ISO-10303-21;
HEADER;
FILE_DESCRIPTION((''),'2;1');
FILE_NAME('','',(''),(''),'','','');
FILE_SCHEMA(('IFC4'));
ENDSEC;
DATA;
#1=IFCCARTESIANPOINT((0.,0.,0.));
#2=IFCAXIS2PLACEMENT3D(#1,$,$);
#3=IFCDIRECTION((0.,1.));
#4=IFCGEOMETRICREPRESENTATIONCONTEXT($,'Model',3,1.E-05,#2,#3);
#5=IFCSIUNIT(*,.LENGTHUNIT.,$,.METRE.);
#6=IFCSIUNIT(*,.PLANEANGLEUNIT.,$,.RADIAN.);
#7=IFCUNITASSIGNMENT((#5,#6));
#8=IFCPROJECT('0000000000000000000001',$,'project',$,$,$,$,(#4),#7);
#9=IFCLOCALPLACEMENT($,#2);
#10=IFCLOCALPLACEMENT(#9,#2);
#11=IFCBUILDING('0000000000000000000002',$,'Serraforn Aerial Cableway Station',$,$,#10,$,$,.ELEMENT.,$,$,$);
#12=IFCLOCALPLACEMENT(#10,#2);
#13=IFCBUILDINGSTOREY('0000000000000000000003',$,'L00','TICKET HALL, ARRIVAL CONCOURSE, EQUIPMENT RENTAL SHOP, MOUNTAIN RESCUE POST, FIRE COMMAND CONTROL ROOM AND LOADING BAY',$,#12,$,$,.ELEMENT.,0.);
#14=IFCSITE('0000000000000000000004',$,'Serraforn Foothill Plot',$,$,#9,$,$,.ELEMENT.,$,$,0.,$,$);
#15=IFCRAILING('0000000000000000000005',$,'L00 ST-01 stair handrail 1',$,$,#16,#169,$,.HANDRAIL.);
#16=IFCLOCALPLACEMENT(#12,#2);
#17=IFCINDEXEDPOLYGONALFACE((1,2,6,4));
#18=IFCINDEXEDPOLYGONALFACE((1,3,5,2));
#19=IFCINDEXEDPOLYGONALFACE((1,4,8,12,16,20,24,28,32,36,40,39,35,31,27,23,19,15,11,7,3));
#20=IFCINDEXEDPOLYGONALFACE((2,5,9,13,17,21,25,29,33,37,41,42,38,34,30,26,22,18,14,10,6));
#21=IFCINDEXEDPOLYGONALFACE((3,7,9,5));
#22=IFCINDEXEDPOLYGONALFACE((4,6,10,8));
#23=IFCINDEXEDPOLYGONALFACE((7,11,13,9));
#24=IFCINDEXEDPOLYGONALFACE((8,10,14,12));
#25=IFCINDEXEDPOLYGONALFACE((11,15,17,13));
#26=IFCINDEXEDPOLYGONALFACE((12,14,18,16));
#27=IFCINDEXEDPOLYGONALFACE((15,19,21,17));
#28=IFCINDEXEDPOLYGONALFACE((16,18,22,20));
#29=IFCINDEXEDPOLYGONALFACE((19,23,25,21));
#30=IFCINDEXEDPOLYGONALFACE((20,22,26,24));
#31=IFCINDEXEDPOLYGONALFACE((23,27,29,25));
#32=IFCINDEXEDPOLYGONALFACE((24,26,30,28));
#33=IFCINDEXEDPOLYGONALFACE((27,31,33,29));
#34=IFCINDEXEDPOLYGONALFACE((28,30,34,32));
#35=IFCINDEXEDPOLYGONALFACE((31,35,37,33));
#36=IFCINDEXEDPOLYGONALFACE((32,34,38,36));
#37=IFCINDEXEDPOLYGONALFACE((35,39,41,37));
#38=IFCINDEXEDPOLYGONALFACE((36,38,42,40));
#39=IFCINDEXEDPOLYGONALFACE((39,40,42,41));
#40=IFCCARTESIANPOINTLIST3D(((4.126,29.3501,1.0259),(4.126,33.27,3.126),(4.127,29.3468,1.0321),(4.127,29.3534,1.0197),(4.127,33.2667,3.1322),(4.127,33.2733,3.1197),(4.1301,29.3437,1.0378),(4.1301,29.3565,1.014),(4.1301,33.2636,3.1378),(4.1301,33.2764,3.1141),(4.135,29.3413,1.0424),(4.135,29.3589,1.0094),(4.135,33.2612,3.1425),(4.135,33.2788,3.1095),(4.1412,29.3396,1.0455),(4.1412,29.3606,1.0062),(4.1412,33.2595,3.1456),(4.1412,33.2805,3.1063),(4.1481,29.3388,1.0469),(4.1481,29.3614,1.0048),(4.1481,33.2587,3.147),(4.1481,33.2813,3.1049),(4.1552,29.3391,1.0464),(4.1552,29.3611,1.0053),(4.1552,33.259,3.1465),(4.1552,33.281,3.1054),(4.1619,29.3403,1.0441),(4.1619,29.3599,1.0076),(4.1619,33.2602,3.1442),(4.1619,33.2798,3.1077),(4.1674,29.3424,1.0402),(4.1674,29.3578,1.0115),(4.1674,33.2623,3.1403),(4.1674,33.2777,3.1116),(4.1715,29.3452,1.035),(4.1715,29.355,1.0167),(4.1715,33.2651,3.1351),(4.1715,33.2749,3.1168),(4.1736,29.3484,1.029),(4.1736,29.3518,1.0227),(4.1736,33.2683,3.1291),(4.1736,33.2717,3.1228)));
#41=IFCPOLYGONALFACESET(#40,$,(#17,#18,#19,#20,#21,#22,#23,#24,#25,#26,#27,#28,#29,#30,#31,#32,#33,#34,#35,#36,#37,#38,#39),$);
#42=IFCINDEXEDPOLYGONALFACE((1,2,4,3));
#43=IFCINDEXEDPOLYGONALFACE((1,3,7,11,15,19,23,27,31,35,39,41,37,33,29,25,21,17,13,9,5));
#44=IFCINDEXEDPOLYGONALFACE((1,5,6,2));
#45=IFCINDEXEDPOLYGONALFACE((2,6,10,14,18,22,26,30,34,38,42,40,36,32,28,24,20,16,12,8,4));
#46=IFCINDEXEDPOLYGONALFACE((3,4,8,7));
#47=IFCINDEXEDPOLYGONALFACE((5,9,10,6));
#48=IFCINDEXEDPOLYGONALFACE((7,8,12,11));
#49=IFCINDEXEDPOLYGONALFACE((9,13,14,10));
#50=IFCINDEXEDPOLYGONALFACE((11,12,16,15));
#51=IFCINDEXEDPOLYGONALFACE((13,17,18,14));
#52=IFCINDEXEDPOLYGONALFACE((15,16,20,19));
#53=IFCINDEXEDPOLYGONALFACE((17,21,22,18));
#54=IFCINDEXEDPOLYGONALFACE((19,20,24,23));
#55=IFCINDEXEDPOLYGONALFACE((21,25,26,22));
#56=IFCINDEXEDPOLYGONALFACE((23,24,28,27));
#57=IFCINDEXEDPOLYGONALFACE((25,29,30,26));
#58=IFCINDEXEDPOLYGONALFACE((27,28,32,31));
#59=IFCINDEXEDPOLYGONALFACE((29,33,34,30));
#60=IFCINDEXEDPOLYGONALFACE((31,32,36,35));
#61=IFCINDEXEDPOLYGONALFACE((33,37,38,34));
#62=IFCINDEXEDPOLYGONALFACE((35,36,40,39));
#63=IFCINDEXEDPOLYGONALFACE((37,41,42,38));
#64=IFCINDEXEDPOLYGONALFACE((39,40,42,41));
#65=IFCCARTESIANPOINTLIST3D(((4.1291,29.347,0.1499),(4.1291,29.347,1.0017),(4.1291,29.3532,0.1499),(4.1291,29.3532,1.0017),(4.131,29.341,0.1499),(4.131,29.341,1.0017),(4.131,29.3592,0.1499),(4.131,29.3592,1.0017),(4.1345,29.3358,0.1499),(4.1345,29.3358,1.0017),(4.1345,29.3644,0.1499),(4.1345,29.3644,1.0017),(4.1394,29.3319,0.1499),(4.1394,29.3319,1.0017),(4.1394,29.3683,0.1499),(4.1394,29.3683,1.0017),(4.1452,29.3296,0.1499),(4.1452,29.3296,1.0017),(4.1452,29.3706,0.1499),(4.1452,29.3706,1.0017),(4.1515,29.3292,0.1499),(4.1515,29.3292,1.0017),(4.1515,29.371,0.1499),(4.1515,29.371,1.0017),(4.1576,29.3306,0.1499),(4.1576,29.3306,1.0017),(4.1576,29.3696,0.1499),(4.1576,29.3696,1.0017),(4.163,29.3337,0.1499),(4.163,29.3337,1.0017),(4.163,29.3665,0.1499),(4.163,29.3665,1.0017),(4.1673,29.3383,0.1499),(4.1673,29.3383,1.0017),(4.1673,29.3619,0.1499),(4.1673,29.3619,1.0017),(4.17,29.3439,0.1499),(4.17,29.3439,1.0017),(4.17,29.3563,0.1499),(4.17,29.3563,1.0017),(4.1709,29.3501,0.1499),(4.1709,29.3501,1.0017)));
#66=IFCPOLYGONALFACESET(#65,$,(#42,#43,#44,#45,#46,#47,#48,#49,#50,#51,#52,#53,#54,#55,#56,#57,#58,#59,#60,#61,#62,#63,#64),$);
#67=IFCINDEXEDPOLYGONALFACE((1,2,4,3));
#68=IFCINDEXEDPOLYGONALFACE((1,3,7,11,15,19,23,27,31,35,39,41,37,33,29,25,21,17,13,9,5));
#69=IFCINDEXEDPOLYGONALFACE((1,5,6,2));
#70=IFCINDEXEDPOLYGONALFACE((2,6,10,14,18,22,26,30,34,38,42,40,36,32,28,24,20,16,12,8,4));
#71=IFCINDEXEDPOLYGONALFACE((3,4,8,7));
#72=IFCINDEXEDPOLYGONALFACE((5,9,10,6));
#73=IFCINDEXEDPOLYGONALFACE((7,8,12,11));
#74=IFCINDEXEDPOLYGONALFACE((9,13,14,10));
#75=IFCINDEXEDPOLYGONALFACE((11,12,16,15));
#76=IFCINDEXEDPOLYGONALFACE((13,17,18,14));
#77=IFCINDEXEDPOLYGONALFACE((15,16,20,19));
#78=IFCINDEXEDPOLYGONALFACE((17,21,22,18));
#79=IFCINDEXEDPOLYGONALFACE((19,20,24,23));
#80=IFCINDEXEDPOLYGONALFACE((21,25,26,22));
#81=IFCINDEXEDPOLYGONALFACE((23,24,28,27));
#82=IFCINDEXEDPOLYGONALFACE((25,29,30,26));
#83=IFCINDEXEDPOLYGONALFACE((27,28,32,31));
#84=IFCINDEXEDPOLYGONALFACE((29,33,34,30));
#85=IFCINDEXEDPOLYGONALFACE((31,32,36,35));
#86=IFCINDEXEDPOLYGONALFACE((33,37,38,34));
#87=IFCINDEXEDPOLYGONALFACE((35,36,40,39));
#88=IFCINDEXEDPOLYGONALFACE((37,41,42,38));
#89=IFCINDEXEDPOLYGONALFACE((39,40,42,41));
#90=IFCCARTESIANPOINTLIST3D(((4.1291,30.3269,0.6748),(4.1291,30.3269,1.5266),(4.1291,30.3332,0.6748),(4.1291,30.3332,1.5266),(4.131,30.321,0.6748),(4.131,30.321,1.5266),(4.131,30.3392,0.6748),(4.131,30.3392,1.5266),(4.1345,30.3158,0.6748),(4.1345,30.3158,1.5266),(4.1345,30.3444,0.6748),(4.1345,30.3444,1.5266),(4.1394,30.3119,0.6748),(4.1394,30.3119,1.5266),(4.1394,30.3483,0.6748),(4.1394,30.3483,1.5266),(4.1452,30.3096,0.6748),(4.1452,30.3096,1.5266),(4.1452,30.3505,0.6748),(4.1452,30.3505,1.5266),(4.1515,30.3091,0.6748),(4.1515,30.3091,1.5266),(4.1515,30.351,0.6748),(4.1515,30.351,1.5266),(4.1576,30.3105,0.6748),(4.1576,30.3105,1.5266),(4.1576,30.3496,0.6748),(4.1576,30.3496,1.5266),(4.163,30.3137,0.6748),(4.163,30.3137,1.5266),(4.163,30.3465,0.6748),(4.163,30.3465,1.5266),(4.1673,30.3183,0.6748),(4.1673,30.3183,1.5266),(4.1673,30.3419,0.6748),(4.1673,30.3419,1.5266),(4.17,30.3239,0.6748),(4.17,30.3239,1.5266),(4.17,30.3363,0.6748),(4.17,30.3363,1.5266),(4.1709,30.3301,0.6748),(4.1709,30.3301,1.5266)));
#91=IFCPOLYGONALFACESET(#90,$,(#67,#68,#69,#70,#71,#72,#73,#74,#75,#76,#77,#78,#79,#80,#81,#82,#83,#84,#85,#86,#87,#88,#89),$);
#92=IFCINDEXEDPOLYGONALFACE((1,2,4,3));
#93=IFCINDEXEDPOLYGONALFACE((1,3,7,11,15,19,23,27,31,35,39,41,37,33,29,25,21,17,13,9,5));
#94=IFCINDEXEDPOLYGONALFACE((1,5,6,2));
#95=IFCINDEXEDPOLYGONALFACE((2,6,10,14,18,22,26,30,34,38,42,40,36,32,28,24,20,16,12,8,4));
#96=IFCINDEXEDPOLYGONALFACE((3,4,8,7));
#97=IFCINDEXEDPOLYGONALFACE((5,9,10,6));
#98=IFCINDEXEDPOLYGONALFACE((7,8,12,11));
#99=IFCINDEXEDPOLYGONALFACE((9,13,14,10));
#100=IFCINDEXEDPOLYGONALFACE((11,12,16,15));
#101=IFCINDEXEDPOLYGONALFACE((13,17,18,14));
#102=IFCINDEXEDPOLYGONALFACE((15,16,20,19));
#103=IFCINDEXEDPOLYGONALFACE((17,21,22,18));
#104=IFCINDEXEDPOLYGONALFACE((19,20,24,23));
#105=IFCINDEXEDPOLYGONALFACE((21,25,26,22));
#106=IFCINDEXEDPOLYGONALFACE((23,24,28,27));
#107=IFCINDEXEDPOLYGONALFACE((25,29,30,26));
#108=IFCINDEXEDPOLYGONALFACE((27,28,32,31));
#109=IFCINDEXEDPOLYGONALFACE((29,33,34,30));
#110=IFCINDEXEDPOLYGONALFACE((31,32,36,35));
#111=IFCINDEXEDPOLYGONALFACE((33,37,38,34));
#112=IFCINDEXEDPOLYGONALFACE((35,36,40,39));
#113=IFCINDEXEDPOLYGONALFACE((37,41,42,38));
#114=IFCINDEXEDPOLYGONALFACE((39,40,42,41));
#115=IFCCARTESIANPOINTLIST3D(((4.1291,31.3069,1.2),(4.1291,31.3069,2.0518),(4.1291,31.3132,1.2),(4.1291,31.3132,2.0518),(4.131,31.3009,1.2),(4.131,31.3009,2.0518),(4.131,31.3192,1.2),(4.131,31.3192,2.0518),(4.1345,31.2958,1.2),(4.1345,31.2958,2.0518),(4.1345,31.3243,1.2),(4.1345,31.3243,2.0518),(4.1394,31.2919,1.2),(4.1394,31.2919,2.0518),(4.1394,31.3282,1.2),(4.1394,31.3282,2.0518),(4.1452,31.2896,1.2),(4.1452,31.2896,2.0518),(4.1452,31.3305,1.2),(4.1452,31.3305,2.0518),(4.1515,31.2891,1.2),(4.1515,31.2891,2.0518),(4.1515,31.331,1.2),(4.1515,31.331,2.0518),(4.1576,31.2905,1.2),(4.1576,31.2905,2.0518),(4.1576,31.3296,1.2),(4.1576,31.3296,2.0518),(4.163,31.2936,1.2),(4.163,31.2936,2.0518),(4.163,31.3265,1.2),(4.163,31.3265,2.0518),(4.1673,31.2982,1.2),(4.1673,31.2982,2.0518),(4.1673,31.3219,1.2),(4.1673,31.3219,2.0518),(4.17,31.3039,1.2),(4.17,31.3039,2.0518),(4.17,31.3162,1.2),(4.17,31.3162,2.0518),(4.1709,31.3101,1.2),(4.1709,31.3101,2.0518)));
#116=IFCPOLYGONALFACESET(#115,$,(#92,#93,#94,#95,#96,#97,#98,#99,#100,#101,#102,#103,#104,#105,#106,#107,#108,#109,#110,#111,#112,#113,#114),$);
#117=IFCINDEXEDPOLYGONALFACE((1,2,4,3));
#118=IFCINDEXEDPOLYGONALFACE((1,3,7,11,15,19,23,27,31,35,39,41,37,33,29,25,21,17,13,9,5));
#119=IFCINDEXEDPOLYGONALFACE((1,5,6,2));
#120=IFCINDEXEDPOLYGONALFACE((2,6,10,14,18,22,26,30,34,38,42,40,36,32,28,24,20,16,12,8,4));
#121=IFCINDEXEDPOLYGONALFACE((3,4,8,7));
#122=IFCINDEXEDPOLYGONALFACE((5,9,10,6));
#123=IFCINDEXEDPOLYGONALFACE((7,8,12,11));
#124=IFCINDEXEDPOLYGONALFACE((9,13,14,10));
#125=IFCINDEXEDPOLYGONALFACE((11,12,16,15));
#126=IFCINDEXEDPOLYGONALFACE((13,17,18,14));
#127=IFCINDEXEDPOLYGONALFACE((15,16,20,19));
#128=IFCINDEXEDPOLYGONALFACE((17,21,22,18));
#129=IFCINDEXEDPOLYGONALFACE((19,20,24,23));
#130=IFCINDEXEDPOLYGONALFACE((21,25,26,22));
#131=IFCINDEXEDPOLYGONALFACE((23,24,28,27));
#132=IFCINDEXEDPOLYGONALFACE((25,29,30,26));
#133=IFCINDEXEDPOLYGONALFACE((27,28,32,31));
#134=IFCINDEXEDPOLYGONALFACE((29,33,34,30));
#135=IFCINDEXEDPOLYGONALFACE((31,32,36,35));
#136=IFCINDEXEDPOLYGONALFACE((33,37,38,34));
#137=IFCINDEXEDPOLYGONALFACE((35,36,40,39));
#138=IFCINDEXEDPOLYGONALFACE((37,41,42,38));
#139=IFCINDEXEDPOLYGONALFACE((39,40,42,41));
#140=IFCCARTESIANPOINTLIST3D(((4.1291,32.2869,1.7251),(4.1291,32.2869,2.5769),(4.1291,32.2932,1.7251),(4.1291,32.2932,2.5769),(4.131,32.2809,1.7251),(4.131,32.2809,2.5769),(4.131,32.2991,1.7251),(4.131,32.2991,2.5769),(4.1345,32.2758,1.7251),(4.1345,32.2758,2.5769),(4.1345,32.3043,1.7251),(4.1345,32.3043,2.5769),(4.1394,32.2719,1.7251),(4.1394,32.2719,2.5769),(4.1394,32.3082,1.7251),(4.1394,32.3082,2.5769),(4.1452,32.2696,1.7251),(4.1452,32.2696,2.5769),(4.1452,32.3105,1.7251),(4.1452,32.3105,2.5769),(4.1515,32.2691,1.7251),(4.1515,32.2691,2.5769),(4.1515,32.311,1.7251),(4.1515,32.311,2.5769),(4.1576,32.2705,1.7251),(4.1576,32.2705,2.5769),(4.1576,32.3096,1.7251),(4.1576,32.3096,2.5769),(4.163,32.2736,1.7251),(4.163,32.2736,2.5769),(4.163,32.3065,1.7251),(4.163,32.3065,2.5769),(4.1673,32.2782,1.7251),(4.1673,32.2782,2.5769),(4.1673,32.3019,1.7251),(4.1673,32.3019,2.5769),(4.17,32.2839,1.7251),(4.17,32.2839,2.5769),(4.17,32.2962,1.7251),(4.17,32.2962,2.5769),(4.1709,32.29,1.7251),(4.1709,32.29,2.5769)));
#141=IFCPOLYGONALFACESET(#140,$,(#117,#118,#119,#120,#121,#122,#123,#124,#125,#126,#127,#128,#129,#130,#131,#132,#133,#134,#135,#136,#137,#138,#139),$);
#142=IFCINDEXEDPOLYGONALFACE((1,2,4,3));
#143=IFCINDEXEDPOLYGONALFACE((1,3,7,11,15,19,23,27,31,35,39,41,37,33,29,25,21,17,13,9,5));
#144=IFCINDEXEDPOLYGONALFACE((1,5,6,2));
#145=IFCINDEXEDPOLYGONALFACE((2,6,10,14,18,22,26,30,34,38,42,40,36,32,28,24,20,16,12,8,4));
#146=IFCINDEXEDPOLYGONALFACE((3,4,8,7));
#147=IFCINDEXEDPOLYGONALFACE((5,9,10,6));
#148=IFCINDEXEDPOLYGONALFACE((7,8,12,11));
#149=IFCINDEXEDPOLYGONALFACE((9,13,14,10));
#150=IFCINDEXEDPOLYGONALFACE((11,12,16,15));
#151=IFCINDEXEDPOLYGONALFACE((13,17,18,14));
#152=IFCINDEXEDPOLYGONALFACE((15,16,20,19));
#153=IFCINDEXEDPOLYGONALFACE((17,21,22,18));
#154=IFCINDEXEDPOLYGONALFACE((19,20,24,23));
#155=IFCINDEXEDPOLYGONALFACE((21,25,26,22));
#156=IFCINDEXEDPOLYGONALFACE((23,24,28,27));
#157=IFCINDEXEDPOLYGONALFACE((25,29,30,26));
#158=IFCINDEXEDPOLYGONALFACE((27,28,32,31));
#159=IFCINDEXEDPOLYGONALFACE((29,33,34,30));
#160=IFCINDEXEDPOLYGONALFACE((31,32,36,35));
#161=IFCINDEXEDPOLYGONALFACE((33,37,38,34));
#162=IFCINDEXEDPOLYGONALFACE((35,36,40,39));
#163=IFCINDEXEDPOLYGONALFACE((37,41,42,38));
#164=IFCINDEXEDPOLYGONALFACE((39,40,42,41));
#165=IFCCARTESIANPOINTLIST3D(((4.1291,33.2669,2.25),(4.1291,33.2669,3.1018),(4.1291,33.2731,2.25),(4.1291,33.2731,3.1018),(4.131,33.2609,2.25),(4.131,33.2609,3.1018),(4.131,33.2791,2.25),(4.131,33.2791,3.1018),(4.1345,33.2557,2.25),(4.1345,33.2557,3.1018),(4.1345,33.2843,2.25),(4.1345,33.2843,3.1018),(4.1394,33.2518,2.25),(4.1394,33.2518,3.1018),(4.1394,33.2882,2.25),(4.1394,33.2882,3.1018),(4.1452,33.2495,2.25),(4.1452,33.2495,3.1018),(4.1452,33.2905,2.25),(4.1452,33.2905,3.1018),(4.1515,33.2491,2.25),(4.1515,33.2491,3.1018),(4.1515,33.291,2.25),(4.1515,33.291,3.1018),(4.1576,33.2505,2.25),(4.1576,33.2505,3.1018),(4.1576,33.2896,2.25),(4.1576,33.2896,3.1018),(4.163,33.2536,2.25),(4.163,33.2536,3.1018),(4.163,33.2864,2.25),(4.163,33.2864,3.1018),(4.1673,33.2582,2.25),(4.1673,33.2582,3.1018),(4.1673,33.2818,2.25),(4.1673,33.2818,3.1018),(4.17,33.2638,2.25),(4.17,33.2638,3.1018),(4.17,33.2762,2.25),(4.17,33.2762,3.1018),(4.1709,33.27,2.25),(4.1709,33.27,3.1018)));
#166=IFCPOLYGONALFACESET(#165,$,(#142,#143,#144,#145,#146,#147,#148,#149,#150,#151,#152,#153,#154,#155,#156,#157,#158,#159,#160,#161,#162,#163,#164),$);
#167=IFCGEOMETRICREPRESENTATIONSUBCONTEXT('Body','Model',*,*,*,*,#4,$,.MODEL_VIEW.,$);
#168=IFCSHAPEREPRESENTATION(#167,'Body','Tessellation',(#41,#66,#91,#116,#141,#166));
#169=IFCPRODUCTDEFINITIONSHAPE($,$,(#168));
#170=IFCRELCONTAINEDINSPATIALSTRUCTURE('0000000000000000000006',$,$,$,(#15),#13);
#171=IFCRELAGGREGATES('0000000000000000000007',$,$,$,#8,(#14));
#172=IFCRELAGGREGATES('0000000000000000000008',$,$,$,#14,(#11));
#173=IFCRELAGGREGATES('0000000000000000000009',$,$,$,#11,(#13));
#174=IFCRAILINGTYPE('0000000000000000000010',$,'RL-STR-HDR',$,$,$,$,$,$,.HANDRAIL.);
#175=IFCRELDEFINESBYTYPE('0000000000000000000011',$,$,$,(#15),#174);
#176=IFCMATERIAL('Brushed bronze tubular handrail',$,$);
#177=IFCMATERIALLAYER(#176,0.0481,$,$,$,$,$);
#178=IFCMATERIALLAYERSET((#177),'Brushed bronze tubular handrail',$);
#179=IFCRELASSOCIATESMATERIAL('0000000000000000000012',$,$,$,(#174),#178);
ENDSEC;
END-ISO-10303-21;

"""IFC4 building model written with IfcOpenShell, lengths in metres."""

from ifc_helpers import new_model, si_unit, direction, frame, origin, origin_2d, place, context, subcontext, project, spatial, circle, extrude, material, layer, layer_set, type_object, element, save


model = new_model("IFC4")

# Units and contexts
model_context = context("Model", 3, precision=1e-05, world=origin(), true_north=direction((0.0, 1.0)))
body_context = subcontext(model_context, "Body", "Model", "MODEL_VIEW")
ifc_project = project(units=[si_unit("LENGTHUNIT", "METRE"), si_unit("PLANEANGLEUNIT", "RADIAN")], contexts=[model_context])

# Site, building, storey
site_placement = place(None, origin())
site = spatial("IfcSite", under=ifc_project, at=site_placement, Name="Serraforn Foothill Plot", CompositionType="ELEMENT", RefElevation=0.0)
building_placement = place(site_placement, origin())
building = spatial("IfcBuilding", under=site, at=building_placement, Name="Serraforn Aerial Cableway Station", CompositionType="ELEMENT")
storey_placement = place(building_placement, origin())
storey = spatial("IfcBuildingStorey", under=building, at=storey_placement, Name="L00", Description="TICKET HALL, ARRIVAL CONCOURSE, EQUIPMENT RENTAL SHOP, MOUNTAIN RESCUE POST, FIRE COMMAND CONTROL ROOM AND LOADING BAY", CompositionType="ELEMENT", Elevation=0.0)

# Railing
ifc_material_1 = material(Name="Brushed bronze tubular handrail")
ifc_layer_1 = layer(ifc_material_1, 0.0481)
ifc_layer_set_1 = layer_set([ifc_layer_1], Name="Brushed bronze tubular handrail")
railing_type_1 = type_object("IfcRailingType", Name="RL-STR-HDR", PredefinedType="HANDRAIL", material=ifc_layer_set_1)
railing_1_placement = place(storey_placement, frame((4.1499, 29.3501, 0.1499)))
element("IfcRailing", 1, at=railing_1_placement, inside=storey, type_object=railing_type_1, Name="L00 ST-01 stair handrail 1", PredefinedType="HANDRAIL", context=body_context, shape_type="SweptSolid", body=[
    extrude(circle(Radius=0.0239, at=origin_2d()), frame((0.0, 0.0, 0.876), z_axis=(0.0, 0.881467, 0.472246), x_axis=(-1.0, 0.0, 0.0)), (0.0, 0.0, 1.0), 4.447),
    extrude(circle(Radius=0.021, at=origin_2d()), origin(), (0.0, 0.0, 1.0), 0.8518),
    extrude(circle(Radius=0.021, at=origin_2d()), frame((0.0, 0.98, 0.5249)), (0.0, 0.0, 1.0), 0.8518),
    extrude(circle(Radius=0.021, at=origin_2d()), frame((0.0, 1.96, 1.05)), (0.0, 0.0, 1.0), 0.8518),
    extrude(circle(Radius=0.021, at=origin_2d()), frame((0.0, 2.9399, 1.5752)), (0.0, 0.0, 1.0), 0.8518),
    extrude(circle(Radius=0.021, at=origin_2d()), frame((0.0, 3.9199, 2.1001)), (0.0, 0.0, 1.0), 0.8518),
])

save(model, "model.ifc")
